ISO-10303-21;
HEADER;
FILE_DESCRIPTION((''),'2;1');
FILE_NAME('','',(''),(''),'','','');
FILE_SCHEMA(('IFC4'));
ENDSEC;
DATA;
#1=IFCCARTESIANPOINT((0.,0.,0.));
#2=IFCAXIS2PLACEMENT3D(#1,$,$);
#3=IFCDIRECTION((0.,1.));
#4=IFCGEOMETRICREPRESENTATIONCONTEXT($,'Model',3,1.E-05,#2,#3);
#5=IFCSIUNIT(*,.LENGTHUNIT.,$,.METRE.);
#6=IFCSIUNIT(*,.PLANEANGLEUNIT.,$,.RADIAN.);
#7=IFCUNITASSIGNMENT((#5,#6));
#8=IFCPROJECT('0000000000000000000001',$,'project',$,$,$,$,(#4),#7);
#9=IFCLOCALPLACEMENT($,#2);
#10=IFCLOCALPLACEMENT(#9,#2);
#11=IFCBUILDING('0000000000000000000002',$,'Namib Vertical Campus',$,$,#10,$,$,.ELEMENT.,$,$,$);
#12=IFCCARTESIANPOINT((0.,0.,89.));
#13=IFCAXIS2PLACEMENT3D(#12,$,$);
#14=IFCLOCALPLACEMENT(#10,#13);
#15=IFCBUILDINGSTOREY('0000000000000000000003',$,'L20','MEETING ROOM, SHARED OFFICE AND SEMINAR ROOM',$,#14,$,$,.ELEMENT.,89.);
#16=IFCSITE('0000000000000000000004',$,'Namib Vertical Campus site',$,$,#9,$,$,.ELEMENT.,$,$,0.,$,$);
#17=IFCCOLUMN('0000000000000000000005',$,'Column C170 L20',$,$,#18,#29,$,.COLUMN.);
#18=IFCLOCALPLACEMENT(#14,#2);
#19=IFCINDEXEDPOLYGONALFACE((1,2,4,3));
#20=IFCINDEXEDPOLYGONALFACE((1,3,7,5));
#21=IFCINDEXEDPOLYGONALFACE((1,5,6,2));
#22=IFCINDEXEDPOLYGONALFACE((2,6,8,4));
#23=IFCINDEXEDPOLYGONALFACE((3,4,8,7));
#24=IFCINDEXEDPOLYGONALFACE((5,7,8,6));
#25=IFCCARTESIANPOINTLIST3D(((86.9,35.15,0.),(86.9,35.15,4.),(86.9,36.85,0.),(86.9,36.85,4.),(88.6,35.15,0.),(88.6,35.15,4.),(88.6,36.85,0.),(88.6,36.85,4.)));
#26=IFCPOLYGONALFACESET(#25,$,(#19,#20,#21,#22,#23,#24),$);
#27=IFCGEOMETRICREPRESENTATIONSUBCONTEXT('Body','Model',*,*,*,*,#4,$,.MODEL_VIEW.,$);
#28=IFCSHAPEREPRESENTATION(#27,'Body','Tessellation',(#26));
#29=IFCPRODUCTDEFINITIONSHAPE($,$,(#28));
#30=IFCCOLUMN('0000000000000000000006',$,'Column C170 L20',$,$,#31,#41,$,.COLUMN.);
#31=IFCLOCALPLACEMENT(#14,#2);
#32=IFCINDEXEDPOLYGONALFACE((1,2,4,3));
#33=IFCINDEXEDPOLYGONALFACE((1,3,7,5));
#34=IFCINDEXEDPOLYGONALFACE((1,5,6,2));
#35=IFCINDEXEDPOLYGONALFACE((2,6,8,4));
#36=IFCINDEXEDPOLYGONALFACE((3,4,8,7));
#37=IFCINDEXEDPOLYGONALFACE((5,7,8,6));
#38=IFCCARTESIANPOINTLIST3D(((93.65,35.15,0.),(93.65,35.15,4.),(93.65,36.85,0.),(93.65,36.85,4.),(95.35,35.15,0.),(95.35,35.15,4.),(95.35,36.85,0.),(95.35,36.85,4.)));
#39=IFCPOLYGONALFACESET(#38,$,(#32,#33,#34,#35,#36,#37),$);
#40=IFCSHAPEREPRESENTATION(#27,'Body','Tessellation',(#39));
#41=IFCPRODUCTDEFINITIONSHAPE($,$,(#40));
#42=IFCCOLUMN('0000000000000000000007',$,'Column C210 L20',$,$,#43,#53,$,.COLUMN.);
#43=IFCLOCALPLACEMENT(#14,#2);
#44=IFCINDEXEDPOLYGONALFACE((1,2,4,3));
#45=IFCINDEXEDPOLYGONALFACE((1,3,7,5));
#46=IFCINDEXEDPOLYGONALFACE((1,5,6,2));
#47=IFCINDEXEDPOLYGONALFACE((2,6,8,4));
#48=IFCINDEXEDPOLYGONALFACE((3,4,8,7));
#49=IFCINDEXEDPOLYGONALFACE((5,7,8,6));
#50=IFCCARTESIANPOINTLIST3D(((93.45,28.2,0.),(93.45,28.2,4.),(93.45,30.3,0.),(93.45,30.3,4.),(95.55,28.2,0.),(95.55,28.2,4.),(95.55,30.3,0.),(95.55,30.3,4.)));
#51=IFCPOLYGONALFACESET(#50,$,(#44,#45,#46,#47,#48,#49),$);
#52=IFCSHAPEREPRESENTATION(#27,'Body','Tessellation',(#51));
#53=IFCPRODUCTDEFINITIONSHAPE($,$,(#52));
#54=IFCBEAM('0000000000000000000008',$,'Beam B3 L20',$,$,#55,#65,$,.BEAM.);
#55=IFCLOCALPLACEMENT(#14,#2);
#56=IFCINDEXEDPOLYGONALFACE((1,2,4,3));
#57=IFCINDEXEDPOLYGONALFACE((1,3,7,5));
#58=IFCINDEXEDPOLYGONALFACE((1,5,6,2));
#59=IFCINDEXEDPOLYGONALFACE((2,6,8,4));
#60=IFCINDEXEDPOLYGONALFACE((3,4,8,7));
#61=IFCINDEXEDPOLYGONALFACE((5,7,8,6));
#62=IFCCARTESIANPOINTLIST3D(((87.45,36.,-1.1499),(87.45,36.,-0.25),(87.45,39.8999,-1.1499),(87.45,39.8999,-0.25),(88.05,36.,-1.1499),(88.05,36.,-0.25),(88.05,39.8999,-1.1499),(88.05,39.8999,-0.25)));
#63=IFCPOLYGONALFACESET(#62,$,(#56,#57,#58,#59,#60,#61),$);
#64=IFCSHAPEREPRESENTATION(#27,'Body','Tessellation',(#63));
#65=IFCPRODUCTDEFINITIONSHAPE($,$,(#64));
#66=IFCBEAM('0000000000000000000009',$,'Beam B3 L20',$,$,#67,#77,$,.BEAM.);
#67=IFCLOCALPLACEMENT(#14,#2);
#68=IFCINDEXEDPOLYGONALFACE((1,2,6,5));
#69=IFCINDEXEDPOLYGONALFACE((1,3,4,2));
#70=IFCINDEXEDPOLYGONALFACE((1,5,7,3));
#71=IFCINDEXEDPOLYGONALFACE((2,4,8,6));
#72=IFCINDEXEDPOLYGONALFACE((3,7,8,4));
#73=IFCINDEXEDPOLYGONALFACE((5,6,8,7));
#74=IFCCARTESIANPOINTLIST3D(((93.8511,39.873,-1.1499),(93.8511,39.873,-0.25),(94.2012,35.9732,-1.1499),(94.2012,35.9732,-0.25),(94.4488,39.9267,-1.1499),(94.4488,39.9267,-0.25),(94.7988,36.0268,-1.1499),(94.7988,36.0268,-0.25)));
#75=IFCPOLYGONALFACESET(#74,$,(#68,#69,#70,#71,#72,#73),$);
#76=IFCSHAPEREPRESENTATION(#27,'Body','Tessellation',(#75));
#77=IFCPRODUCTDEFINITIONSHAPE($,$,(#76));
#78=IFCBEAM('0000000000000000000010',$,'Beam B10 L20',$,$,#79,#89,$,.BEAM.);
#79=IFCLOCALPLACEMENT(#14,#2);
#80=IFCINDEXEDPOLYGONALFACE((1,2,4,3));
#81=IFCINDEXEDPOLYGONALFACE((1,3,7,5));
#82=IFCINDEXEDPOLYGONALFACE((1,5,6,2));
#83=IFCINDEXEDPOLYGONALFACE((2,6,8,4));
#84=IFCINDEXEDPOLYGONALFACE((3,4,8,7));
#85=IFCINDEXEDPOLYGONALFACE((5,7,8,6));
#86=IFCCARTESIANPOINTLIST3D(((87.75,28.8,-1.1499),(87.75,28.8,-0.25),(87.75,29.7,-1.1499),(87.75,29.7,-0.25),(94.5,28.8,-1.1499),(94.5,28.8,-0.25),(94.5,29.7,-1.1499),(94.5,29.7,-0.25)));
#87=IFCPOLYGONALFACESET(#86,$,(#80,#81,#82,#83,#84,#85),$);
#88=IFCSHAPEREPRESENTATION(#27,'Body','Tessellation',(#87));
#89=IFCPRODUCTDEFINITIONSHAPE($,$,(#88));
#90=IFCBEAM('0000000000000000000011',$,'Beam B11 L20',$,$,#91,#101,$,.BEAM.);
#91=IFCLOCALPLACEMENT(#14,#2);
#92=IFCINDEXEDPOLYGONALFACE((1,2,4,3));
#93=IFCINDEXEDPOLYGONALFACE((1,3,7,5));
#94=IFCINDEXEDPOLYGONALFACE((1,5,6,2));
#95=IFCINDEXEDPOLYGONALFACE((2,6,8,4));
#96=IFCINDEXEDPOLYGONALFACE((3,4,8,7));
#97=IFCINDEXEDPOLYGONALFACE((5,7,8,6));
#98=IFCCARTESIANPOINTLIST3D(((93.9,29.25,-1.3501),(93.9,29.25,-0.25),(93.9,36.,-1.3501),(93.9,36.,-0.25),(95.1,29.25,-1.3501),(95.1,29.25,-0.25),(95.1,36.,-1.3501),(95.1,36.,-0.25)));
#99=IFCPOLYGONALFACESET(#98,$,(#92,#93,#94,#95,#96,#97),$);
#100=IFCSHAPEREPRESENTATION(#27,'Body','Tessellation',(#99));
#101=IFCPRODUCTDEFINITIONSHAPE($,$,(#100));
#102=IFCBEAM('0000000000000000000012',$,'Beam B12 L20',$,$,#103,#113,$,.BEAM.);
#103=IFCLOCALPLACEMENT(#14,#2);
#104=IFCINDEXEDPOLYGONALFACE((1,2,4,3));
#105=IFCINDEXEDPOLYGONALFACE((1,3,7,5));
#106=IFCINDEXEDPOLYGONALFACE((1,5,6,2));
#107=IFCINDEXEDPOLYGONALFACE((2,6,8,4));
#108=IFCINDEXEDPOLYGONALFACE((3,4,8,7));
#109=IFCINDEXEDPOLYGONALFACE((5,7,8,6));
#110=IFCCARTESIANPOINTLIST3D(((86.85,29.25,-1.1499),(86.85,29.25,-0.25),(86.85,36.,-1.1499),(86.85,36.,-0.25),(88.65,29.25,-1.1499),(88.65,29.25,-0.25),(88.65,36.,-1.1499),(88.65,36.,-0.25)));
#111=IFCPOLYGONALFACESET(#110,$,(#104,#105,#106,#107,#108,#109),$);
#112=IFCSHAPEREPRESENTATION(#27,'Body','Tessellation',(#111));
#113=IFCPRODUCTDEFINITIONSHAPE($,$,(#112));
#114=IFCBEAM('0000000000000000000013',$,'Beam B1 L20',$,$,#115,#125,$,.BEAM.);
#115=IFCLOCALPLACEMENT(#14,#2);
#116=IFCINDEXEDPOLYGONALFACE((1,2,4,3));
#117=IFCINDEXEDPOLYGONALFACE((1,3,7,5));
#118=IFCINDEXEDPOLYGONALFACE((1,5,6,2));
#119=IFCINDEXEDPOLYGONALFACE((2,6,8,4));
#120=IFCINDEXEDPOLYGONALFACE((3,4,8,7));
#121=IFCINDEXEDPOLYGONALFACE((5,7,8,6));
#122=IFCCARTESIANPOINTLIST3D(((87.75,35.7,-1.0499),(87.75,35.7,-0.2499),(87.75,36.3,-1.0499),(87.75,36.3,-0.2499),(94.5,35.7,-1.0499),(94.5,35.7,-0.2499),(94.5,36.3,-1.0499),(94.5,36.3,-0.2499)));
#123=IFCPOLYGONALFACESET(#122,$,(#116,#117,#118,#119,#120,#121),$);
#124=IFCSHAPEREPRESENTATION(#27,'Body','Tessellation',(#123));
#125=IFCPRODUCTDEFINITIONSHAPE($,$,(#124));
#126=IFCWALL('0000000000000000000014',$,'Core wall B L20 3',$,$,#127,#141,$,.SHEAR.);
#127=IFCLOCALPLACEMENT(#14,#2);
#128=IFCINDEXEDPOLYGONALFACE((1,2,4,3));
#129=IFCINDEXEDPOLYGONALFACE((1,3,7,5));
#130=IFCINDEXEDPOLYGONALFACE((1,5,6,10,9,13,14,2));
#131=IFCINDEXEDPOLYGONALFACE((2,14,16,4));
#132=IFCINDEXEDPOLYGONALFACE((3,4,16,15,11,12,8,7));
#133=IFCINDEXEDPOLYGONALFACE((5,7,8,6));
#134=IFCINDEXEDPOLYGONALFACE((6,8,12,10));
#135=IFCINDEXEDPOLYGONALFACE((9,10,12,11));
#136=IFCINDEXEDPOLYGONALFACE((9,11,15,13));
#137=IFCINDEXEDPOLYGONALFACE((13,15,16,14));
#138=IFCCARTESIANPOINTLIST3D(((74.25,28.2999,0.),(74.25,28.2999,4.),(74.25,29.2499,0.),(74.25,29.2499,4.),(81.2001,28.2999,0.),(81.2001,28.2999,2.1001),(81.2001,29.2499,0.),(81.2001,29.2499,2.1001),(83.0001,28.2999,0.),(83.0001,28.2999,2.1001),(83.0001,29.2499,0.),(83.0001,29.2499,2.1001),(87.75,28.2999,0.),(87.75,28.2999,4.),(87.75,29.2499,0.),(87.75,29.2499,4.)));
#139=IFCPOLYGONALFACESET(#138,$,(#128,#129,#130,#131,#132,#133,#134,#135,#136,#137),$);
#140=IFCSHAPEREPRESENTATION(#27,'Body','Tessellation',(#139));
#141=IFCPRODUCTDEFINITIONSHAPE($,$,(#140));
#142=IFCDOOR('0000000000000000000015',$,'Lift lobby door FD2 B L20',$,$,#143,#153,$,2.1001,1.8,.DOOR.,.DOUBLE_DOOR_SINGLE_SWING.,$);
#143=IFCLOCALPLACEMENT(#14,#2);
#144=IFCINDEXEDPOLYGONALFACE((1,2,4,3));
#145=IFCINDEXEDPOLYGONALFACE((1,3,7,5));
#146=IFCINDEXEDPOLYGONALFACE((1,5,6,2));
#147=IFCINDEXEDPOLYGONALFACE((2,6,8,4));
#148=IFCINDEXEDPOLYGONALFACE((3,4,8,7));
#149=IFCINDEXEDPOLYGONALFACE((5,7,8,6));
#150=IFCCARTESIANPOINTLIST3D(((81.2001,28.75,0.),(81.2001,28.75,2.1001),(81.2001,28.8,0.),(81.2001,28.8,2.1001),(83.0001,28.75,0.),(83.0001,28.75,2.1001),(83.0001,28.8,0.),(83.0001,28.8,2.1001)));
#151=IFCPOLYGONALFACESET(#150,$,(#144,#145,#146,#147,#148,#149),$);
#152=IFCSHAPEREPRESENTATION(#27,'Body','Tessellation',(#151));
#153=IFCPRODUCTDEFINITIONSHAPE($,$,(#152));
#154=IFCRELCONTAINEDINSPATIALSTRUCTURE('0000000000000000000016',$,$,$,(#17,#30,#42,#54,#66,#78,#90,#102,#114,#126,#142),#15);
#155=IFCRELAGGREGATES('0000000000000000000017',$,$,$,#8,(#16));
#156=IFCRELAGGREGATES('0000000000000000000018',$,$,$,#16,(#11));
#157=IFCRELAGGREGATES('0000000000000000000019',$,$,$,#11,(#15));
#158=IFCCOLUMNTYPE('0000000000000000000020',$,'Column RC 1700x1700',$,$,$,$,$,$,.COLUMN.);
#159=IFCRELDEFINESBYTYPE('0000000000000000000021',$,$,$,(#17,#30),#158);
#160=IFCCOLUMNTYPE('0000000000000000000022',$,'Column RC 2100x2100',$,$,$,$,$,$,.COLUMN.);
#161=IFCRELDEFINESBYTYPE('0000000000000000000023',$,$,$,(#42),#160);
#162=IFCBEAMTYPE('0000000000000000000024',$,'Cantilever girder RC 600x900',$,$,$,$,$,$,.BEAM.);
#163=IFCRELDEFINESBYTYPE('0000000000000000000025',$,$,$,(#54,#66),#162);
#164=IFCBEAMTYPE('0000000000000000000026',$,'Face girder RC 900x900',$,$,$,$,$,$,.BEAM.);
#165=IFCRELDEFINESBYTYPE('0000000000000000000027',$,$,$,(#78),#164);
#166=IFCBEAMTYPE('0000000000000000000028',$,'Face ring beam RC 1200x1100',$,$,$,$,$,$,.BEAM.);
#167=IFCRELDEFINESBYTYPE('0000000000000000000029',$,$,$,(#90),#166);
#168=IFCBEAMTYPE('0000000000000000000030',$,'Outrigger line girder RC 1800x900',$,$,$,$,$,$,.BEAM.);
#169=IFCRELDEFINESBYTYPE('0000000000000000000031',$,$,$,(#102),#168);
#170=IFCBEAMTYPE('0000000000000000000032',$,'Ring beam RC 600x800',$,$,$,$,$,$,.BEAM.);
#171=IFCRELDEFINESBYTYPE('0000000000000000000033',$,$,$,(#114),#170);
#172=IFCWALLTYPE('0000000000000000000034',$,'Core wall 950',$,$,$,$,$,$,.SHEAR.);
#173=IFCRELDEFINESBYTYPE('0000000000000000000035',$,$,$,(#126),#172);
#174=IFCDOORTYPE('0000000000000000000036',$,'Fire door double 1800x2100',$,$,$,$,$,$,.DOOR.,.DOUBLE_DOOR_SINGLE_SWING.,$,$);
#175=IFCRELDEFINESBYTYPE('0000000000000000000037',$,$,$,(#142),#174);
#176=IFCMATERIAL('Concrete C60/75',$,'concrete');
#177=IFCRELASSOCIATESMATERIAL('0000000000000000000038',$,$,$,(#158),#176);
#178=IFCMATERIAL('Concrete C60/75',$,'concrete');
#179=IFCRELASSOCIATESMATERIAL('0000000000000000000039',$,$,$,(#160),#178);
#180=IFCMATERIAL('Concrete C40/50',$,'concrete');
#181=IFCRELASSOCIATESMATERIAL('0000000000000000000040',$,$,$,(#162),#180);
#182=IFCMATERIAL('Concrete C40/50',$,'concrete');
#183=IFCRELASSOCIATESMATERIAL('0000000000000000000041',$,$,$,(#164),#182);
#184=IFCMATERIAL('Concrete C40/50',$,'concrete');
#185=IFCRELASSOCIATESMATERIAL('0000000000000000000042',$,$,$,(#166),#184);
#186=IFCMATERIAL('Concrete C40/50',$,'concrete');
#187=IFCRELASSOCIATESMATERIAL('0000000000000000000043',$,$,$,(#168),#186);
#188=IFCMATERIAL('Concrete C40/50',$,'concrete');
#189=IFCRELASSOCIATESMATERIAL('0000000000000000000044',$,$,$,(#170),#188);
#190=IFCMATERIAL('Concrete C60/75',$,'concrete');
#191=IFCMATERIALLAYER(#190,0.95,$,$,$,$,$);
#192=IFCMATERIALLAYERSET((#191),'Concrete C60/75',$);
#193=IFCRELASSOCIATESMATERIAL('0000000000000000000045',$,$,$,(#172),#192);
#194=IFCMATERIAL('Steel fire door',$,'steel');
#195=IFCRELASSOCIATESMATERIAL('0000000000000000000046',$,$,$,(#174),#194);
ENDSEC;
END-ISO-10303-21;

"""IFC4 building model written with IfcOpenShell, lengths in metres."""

from ifc_helpers import new_model, si_unit, direction, frame, frame_2d, origin, origin_2d, place, context, subcontext, project, spatial, rectangle, extrude, material, layer, layer_set, material_profile, profile_set, type_object, element, fill, save


model = new_model("IFC4")

# Units and contexts
model_context = context("Model", 3, precision=1e-05, world=origin(), true_north=direction((0.0, 1.0)))
body_context = subcontext(model_context, "Body", "Model", "MODEL_VIEW")
ifc_project = project(units=[si_unit("LENGTHUNIT", "METRE"), si_unit("PLANEANGLEUNIT", "RADIAN")], contexts=[model_context])

# Site, building, storey
site_placement = place(None, origin())
site = spatial("IfcSite", under=ifc_project, at=site_placement, Name="Namib Vertical Campus site", CompositionType="ELEMENT", RefElevation=0.0)
building_placement = place(site_placement, origin())
building = spatial("IfcBuilding", under=site, at=building_placement, Name="Namib Vertical Campus", CompositionType="ELEMENT")
storey_placement = place(building_placement, frame((0.0, 0.0, 89.0)))
storey = spatial("IfcBuildingStorey", under=building, at=storey_placement, Name="L20", Description="MEETING ROOM, SHARED OFFICE AND SEMINAR ROOM", CompositionType="ELEMENT", Elevation=89.0)

# Columns
ifc_material_1 = material(Name="Concrete C60/75", Category="concrete")
ifc_material_profile_1 = material_profile(ifc_material_1, rectangle(XDim=1.7, YDim=1.7, at=origin_2d()))
ifc_profile_set_1 = profile_set([ifc_material_profile_1], Name="Concrete C60/75")
column_type_1 = type_object("IfcColumnType", Name="Column RC 1700x1700", PredefinedType="COLUMN", material=ifc_profile_set_1)
for number, where, z_axis, x_axis, name in (
    (1, (87.75, 36.0, 0.0), (0.0, 0.0, 1.0), (1.0, 0.0, 0.0), "Column C170 L20"),
    (2, (94.5, 36.0, 0.0), (0.0, 0.0, 1.0), (1.0, 0.0, 0.0), "Column C170 L20"),
):
    element("IfcColumn", number, at=place(storey_placement, frame(where, z_axis=z_axis, x_axis=x_axis)), inside=storey, type_object=column_type_1, Name=name, PredefinedType="COLUMN", context=body_context, shape_type="SweptSolid", body=[
        extrude(rectangle(XDim=1.7, YDim=1.7, at=origin_2d()), origin(), (0.0, 0.0, 1.0), 4.0),
    ])
ifc_material_2 = material(Name="Concrete C60/75", Category="concrete")
ifc_material_profile_2 = material_profile(ifc_material_2, rectangle(XDim=2.1001, YDim=2.1001, at=origin_2d()))
ifc_profile_set_2 = profile_set([ifc_material_profile_2], Name="Concrete C60/75")
column_type_2 = type_object("IfcColumnType", Name="Column RC 2100x2100", PredefinedType="COLUMN", material=ifc_profile_set_2)
column_placement = place(storey_placement, frame((94.5, 29.25, 0.0), z_axis=(0.0, 0.0, 1.0), x_axis=(1.0, 0.0, 0.0)))
element("IfcColumn", 3, at=column_placement, inside=storey, type_object=column_type_2, Name="Column C210 L20", PredefinedType="COLUMN", context=body_context, shape_type="SweptSolid", body=[
    extrude(rectangle(XDim=2.1001, YDim=2.1001, at=origin_2d()), origin(), (0.0, 0.0, 1.0), 4.0),
])

# Beams
ifc_material_3 = material(Name="Concrete C40/50", Category="concrete")
ifc_material_profile_3 = material_profile(ifc_material_3, rectangle(XDim=0.6001, YDim=0.8999, at=origin_2d()))
ifc_profile_set_3 = profile_set([ifc_material_profile_3], Name="Concrete C40/50")
beam_type_1 = type_object("IfcBeamType", Name="Cantilever girder RC 600x900", PredefinedType="BEAM", material=ifc_profile_set_3)
beam_1_placement = place(storey_placement, frame((87.75, 36.0, -0.7), z_axis=(0.0, 1.0, 0.0), x_axis=(-1.0, 0.0, 0.0)))
element("IfcBeam", 4, at=beam_1_placement, inside=storey, type_object=beam_type_1, Name="Beam B3 L20", PredefinedType="BEAM", context=body_context, shape_type="SweptSolid", body=[
    extrude(rectangle(XDim=0.6001, YDim=0.8999, at=origin_2d()), origin(), (0.0, 0.0, 1.0), 3.8999),
])
beam_2_placement = place(storey_placement, frame((94.5, 36.0, -0.7), z_axis=(-0.089411, 0.995995, 0.0), x_axis=(-0.995995, -0.089411, 0.0)))
element("IfcBeam", 5, at=beam_2_placement, inside=storey, type_object=beam_type_1, Name="Beam B3 L20", PredefinedType="BEAM", context=body_context, shape_type="SweptSolid", body=[
    extrude(rectangle(XDim=0.6001, YDim=0.8999, at=origin_2d()), origin(), (0.0, 0.0, 1.0), 3.9155),
])
ifc_material_4 = material(Name="Concrete C40/50", Category="concrete")
ifc_material_profile_4 = material_profile(ifc_material_4, rectangle(XDim=0.8999, YDim=0.8999, at=origin_2d()))
ifc_profile_set_4 = profile_set([ifc_material_profile_4], Name="Concrete C40/50")
beam_type_2 = type_object("IfcBeamType", Name="Face girder RC 900x900", PredefinedType="BEAM", material=ifc_profile_set_4)
beam_3_placement = place(storey_placement, frame((94.5, 29.25, -0.7), z_axis=(-1.0, 0.0, 0.0), x_axis=(0.0, -1.0, 0.0)))
element("IfcBeam", 6, at=beam_3_placement, inside=storey, type_object=beam_type_2, Name="Beam B10 L20", PredefinedType="BEAM", context=body_context, shape_type="SweptSolid", body=[
    extrude(rectangle(XDim=0.8999, YDim=0.8999, at=origin_2d()), origin(), (0.0, 0.0, 1.0), 6.75),
])
ifc_material_5 = material(Name="Concrete C40/50", Category="concrete")
ifc_material_profile_5 = material_profile(ifc_material_5, rectangle(XDim=1.2, YDim=1.1001, at=origin_2d()))
ifc_profile_set_5 = profile_set([ifc_material_profile_5], Name="Concrete C40/50")
beam_type_3 = type_object("IfcBeamType", Name="Face ring beam RC 1200x1100", PredefinedType="BEAM", material=ifc_profile_set_5)
beam_4_placement = place(storey_placement, frame((94.5, 29.25, -0.8), z_axis=(0.0, 1.0, 0.0), x_axis=(-1.0, 0.0, 0.0)))
element("IfcBeam", 7, at=beam_4_placement, inside=storey, type_object=beam_type_3, Name="Beam B11 L20", PredefinedType="BEAM", context=body_context, shape_type="SweptSolid", body=[
    extrude(rectangle(XDim=1.2, YDim=1.1001, at=origin_2d()), origin(), (0.0, 0.0, 1.0), 6.75),
])
ifc_material_6 = material(Name="Concrete C40/50", Category="concrete")
ifc_material_profile_6 = material_profile(ifc_material_6, rectangle(XDim=1.8, YDim=0.8999, at=origin_2d()))
ifc_profile_set_6 = profile_set([ifc_material_profile_6], Name="Concrete C40/50")
beam_type_4 = type_object("IfcBeamType", Name="Outrigger line girder RC 1800x900", PredefinedType="BEAM", material=ifc_profile_set_6)
beam_5_placement = place(storey_placement, frame((87.75, 36.0, -0.7), z_axis=(0.0, -1.0, 0.0), x_axis=(1.0, 0.0, 0.0)))
element("IfcBeam", 8, at=beam_5_placement, inside=storey, type_object=beam_type_4, Name="Beam B12 L20", PredefinedType="BEAM", context=body_context, shape_type="SweptSolid", body=[
    extrude(rectangle(XDim=1.8, YDim=0.8999, at=origin_2d()), origin(), (0.0, 0.0, 1.0), 6.75),
])
ifc_material_7 = material(Name="Concrete C40/50", Category="concrete")
ifc_material_profile_7 = material_profile(ifc_material_7, rectangle(XDim=0.6001, YDim=0.8, at=origin_2d()))
ifc_profile_set_7 = profile_set([ifc_material_profile_7], Name="Concrete C40/50")
beam_type_5 = type_object("IfcBeamType", Name="Ring beam RC 600x800", PredefinedType="BEAM", material=ifc_profile_set_7)
beam_6_placement = place(storey_placement, frame((87.75, 36.0, -0.6499), z_axis=(1.0, 0.0, 0.0), x_axis=(0.0, 1.0, 0.0)))
element("IfcBeam", 9, at=beam_6_placement, inside=storey, type_object=beam_type_5, Name="Beam B1 L20", PredefinedType="BEAM", context=body_context, shape_type="SweptSolid", body=[
    extrude(rectangle(XDim=0.6001, YDim=0.8, at=origin_2d()), origin(), (0.0, 0.0, 1.0), 6.75),
])

# Wall, opening, door
ifc_material_8 = material(Name="Concrete C60/75", Category="concrete")
ifc_layer_1 = layer(ifc_material_8, 0.95)
ifc_layer_set_1 = layer_set([ifc_layer_1], Name="Concrete C60/75")
wall_type_1 = type_object("IfcWallType", Name="Core wall 950", PredefinedType="SHEAR", material=ifc_layer_set_1)
wall_1_placement = place(storey_placement, frame((87.75, 28.7749, 0.0), z_axis=(0.0, 0.0, 1.0), x_axis=(-1.0, 0.0, 0.0)))
wall_1 = element("IfcWall", 10, at=wall_1_placement, inside=storey, type_object=wall_type_1, Name="Core wall B L20 3", PredefinedType="SHEAR", context=body_context, shape_type="SweptSolid", body=[
    extrude(rectangle(XDim=13.5, YDim=0.95, at=frame_2d((6.75, 0.0))), origin(), (0.0, 0.0, 1.0), 4.0),
])
opening_1_placement = place(wall_1_placement, frame((4.75, 0.0, 0.0)))
opening_1 = element("IfcOpeningElement", 11, at=opening_1_placement, cuts=wall_1, PredefinedType="OPENING", context=body_context, shape_type="SweptSolid", body=[
    extrude(rectangle(XDim=1.8, YDim=2.1001, at=frame_2d((0.8999, 1.05))), frame((0.0, 0.4849, 0.0), z_axis=(0.0, -1.0, 0.0), x_axis=(1.0, 0.0, 0.0)), (0.0, 0.0, 1.0), 0.97),
])
ifc_material_9 = material(Name="Steel fire door", Category="steel")
door_type_1 = type_object("IfcDoorType", Name="Fire door double 1800x2100", OperationType="DOUBLE_DOOR_SINGLE_SWING", PredefinedType="DOOR", material=ifc_material_9)
door_1_placement = place(opening_1_placement, origin())
door_1 = element("IfcDoor", 12, at=door_1_placement, inside=storey, type_object=door_type_1, Name="Lift lobby door FD2 B L20", OperationType="DOUBLE_DOOR_SINGLE_SWING", OverallHeight=2.1001, OverallWidth=1.8, PredefinedType="DOOR", context=body_context, shape_type="SweptSolid", body=[
    extrude(rectangle(XDim=1.8, YDim=2.1001, at=frame_2d((0.8999, 1.05))), frame((0.0, 0.0249, 0.0), z_axis=(0.0, -1.0, 0.0), x_axis=(1.0, 0.0, 0.0)), (0.0, 0.0, 1.0), 0.05),
])
fill(opening_1, door_1)

save(model, "model.ifc")
